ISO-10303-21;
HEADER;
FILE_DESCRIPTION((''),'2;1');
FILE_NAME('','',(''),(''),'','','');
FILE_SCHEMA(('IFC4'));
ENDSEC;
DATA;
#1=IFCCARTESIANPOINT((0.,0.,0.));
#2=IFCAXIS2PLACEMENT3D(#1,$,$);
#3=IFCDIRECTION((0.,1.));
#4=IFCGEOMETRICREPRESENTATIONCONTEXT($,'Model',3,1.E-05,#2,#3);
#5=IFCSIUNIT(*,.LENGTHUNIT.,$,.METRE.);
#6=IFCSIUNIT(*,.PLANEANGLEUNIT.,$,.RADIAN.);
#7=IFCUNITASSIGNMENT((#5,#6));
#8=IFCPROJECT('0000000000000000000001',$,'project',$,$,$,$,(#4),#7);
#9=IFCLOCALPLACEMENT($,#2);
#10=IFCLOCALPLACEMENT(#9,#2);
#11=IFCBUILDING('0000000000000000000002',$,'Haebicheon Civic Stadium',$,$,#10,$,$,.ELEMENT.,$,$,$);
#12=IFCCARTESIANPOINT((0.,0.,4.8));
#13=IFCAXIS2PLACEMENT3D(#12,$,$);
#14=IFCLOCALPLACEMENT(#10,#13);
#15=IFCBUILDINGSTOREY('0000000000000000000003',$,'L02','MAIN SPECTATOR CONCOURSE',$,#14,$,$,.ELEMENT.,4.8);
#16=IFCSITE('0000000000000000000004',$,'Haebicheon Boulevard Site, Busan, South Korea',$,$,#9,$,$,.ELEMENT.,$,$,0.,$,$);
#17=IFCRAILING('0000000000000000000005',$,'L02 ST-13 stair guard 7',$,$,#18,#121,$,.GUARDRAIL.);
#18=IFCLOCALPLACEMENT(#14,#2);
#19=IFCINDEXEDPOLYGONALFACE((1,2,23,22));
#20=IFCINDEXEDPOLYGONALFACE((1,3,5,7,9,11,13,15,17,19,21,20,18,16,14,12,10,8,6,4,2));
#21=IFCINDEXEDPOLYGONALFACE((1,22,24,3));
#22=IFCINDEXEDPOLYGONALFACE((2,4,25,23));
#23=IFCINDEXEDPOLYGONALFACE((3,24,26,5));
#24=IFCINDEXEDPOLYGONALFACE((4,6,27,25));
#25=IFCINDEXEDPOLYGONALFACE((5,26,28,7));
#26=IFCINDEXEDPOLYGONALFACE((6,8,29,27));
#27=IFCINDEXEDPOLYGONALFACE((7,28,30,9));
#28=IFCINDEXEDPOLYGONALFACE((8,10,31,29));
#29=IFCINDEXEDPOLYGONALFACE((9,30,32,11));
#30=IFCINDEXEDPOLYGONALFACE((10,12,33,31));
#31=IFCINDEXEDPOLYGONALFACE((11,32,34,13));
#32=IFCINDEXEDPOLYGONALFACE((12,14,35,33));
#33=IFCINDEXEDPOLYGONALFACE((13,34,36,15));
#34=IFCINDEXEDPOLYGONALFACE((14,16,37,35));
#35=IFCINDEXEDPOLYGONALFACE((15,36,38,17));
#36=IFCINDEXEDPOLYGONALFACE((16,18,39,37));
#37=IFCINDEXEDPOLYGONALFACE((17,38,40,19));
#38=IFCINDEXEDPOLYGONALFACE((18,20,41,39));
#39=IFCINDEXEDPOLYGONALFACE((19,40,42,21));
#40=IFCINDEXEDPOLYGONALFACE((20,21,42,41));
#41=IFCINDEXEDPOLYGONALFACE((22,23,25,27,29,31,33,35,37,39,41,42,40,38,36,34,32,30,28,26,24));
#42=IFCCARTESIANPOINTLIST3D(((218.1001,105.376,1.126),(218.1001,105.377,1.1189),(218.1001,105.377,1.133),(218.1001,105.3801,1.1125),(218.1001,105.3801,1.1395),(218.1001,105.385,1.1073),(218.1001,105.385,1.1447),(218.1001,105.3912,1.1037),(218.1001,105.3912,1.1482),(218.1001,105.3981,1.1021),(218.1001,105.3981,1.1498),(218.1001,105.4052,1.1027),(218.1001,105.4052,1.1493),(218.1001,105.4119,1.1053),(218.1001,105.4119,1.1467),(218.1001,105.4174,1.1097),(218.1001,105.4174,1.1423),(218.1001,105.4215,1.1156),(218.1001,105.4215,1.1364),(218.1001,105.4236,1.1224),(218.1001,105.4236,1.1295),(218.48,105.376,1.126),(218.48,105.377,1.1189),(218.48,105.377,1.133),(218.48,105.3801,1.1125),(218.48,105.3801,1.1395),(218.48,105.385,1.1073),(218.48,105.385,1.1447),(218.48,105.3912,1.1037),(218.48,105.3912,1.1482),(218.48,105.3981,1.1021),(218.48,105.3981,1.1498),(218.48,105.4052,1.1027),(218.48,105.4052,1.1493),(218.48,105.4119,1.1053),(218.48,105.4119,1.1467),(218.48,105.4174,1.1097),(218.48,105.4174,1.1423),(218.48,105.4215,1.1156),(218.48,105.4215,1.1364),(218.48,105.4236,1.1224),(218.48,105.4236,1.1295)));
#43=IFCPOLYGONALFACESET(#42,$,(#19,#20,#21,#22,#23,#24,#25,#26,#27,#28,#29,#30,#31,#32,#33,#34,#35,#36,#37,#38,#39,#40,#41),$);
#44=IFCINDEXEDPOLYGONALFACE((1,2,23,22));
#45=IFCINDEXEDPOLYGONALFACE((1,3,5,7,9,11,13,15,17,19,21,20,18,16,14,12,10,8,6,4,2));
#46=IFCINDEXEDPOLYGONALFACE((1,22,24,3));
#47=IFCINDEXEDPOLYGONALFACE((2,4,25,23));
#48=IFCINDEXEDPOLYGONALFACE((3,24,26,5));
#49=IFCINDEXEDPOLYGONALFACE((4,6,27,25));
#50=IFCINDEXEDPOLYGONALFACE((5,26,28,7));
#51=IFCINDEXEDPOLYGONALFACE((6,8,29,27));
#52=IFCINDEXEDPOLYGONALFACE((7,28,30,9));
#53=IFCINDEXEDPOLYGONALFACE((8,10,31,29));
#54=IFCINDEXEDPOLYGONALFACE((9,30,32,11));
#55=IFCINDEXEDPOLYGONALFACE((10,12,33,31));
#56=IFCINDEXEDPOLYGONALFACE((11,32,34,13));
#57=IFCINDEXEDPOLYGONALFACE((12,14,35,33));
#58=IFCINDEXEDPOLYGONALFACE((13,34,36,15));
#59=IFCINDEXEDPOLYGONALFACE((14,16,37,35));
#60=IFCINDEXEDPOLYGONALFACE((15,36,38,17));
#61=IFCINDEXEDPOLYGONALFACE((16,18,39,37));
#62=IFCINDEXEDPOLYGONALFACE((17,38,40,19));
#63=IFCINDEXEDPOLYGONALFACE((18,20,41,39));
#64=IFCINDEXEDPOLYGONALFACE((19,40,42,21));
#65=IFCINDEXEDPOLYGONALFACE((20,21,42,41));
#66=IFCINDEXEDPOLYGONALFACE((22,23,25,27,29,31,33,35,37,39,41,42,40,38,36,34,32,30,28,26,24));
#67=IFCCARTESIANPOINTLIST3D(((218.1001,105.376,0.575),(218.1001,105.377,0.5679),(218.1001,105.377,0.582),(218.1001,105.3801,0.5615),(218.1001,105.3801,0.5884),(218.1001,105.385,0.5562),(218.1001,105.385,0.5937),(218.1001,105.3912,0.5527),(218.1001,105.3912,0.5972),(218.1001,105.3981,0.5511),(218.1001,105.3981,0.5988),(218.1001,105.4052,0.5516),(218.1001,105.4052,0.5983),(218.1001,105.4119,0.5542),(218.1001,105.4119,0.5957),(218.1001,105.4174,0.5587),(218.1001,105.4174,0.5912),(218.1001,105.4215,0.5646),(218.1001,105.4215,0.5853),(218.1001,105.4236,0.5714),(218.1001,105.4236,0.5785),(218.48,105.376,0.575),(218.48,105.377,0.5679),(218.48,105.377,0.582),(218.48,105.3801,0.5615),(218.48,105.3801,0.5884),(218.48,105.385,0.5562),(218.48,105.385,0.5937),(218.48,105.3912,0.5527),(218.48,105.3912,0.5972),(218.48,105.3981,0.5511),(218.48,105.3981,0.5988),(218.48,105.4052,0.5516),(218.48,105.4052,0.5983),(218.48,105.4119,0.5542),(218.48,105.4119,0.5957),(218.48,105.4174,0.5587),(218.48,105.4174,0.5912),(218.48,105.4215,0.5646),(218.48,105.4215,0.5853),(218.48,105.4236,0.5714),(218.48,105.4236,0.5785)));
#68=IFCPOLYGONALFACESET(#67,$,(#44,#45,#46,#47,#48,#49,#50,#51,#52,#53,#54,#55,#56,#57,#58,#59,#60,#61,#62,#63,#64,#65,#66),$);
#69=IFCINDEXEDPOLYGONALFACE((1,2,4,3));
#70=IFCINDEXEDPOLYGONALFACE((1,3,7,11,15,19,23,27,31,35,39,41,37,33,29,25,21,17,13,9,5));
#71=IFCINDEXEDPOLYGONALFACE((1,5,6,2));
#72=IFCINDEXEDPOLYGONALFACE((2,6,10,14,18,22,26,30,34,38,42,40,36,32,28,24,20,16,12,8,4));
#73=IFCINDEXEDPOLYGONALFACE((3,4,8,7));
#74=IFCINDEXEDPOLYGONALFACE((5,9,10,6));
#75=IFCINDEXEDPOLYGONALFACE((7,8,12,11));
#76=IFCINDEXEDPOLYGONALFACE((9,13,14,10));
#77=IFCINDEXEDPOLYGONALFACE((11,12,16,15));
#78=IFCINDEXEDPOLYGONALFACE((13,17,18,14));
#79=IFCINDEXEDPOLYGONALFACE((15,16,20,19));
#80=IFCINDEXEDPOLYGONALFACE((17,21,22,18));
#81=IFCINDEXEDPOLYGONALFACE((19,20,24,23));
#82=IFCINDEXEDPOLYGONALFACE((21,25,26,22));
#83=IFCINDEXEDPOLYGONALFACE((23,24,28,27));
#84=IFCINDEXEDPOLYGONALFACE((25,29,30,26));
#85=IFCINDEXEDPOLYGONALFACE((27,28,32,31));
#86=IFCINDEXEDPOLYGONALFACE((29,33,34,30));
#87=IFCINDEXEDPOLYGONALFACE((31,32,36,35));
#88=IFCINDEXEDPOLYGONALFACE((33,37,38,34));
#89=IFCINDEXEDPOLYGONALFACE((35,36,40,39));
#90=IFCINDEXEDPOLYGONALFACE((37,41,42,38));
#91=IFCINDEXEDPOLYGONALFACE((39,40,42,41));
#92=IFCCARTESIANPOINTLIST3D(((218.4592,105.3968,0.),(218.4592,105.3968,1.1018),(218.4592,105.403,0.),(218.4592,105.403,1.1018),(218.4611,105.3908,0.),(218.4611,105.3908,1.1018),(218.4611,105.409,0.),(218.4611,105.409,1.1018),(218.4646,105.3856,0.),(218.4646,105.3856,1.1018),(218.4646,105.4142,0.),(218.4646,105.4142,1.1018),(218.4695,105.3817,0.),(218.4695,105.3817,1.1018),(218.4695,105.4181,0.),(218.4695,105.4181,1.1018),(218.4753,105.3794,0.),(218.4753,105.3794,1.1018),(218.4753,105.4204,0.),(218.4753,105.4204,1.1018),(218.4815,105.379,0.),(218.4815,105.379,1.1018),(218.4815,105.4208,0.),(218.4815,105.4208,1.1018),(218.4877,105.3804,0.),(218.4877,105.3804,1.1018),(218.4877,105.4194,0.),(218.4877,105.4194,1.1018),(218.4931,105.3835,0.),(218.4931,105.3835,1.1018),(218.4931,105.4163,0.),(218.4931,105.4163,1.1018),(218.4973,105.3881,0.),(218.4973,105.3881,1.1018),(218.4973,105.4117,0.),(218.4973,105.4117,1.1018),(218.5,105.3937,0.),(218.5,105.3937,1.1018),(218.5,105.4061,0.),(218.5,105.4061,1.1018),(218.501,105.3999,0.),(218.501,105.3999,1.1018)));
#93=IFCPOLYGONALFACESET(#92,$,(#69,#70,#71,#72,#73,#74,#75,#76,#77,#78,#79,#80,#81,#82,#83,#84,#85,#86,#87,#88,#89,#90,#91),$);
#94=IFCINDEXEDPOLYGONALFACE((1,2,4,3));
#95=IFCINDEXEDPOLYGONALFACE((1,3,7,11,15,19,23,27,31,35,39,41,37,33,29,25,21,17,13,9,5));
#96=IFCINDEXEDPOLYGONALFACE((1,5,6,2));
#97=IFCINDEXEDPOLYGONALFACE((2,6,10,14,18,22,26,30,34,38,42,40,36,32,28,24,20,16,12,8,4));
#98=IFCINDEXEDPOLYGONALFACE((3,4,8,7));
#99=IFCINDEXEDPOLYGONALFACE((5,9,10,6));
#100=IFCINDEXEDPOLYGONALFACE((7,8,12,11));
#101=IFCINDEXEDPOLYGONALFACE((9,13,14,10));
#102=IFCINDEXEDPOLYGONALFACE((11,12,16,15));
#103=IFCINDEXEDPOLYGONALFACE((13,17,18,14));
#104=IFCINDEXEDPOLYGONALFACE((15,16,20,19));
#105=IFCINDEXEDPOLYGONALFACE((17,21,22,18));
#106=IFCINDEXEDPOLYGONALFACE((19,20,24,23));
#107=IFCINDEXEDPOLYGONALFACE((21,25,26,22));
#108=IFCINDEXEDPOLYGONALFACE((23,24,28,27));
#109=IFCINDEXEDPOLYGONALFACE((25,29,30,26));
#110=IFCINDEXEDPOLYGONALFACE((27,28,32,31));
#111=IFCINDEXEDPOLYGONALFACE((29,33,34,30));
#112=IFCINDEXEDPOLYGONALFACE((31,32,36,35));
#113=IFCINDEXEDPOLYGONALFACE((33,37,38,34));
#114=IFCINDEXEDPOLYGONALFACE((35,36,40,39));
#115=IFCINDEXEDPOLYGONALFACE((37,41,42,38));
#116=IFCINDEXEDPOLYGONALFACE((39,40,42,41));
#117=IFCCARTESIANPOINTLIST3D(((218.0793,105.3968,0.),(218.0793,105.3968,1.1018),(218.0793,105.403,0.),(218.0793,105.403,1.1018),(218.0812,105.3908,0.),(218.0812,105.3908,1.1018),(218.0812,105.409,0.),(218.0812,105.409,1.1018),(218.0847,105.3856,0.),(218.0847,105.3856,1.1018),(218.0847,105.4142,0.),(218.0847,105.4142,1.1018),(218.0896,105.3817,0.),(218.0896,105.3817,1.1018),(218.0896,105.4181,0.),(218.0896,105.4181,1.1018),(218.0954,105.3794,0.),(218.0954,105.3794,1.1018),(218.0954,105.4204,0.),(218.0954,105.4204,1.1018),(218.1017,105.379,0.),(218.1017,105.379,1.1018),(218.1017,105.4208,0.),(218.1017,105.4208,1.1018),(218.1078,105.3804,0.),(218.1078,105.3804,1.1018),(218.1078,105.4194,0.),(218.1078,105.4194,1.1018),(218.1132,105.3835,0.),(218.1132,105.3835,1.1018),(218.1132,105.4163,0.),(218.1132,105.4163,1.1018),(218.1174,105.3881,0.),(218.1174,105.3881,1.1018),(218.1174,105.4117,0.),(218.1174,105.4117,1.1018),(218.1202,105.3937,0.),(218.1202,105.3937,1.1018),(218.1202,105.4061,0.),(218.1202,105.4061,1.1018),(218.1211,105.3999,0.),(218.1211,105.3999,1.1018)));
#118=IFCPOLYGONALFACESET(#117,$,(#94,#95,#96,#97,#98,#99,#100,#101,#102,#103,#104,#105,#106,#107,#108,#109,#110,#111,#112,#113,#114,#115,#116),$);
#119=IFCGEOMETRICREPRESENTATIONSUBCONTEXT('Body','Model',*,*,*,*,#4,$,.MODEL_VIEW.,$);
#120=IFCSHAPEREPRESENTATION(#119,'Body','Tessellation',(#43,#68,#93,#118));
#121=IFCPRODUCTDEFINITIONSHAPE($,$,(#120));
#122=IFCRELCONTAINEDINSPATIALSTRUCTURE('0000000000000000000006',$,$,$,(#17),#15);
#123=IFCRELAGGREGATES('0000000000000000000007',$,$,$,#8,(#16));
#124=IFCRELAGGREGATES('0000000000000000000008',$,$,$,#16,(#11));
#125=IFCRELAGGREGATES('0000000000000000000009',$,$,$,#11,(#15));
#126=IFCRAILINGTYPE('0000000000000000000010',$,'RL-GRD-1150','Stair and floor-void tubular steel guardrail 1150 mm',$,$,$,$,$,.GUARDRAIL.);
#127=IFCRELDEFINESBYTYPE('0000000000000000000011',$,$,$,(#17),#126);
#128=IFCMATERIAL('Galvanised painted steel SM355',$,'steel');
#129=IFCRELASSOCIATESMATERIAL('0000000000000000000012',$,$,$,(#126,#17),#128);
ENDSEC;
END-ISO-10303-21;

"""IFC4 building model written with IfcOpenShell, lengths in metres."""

from ifc_helpers import new_model, si_unit, direction, frame, origin, origin_2d, place, context, subcontext, project, spatial, circle, extrude, material, type_object, element, save


model = new_model("IFC4")

# Units and contexts
model_context = context("Model", 3, precision=1e-05, world=origin(), true_north=direction((0.0, 1.0)))
body_context = subcontext(model_context, "Body", "Model", "MODEL_VIEW")
ifc_project = project(units=[si_unit("LENGTHUNIT", "METRE"), si_unit("PLANEANGLEUNIT", "RADIAN")], contexts=[model_context])

# Site, building, storey
site_placement = place(None, origin())
site = spatial("IfcSite", under=ifc_project, at=site_placement, Name="Haebicheon Boulevard Site, Busan, South Korea", CompositionType="ELEMENT", RefElevation=0.0)
building_placement = place(site_placement, origin())
building = spatial("IfcBuilding", under=site, at=building_placement, Name="Haebicheon Civic Stadium", CompositionType="ELEMENT")
storey_placement = place(building_placement, frame((0.0, 0.0, 4.8)))
storey = spatial("IfcBuildingStorey", under=building, at=storey_placement, Name="L02", Description="MAIN SPECTATOR CONCOURSE", CompositionType="ELEMENT", Elevation=4.8)

# Railing
ifc_material_1 = material(Name="Galvanised painted steel SM355", Category="steel")
railing_type_1 = type_object("IfcRailingType", Name="RL-GRD-1150", Description="Stair and floor-void tubular steel guardrail 1150 mm", PredefinedType="GUARDRAIL", material=ifc_material_1)
railing_1_placement = place(storey_placement, frame((218.48, 105.3999, 0.0)))
element("IfcRailing", 1, at=railing_1_placement, inside=storey, type_object=railing_type_1, material=ifc_material_1, Name="L02 ST-13 stair guard 7", PredefinedType="GUARDRAIL", context=body_context, shape_type="SweptSolid", body=[
    extrude(circle(Radius=0.0239, at=origin_2d()), frame((0.0, 0.0, 1.126), z_axis=(-1.0, 0.0, 0.0), x_axis=(0.0, -1.0, 0.0)), (0.0, 0.0, 1.0), 0.3799),
    extrude(circle(Radius=0.0239, at=origin_2d()), frame((0.0, 0.0, 0.575), z_axis=(-1.0, 0.0, 0.0), x_axis=(0.0, -1.0, 0.0)), (0.0, 0.0, 1.0), 0.3799),
    extrude(circle(Radius=0.021, at=origin_2d()), origin(), (0.0, 0.0, 1.0), 1.1018),
    extrude(circle(Radius=0.021, at=origin_2d()), frame((-0.3799, 0.0, 0.0)), (0.0, 0.0, 1.0), 1.1018),
])

save(model, "model.ifc")
